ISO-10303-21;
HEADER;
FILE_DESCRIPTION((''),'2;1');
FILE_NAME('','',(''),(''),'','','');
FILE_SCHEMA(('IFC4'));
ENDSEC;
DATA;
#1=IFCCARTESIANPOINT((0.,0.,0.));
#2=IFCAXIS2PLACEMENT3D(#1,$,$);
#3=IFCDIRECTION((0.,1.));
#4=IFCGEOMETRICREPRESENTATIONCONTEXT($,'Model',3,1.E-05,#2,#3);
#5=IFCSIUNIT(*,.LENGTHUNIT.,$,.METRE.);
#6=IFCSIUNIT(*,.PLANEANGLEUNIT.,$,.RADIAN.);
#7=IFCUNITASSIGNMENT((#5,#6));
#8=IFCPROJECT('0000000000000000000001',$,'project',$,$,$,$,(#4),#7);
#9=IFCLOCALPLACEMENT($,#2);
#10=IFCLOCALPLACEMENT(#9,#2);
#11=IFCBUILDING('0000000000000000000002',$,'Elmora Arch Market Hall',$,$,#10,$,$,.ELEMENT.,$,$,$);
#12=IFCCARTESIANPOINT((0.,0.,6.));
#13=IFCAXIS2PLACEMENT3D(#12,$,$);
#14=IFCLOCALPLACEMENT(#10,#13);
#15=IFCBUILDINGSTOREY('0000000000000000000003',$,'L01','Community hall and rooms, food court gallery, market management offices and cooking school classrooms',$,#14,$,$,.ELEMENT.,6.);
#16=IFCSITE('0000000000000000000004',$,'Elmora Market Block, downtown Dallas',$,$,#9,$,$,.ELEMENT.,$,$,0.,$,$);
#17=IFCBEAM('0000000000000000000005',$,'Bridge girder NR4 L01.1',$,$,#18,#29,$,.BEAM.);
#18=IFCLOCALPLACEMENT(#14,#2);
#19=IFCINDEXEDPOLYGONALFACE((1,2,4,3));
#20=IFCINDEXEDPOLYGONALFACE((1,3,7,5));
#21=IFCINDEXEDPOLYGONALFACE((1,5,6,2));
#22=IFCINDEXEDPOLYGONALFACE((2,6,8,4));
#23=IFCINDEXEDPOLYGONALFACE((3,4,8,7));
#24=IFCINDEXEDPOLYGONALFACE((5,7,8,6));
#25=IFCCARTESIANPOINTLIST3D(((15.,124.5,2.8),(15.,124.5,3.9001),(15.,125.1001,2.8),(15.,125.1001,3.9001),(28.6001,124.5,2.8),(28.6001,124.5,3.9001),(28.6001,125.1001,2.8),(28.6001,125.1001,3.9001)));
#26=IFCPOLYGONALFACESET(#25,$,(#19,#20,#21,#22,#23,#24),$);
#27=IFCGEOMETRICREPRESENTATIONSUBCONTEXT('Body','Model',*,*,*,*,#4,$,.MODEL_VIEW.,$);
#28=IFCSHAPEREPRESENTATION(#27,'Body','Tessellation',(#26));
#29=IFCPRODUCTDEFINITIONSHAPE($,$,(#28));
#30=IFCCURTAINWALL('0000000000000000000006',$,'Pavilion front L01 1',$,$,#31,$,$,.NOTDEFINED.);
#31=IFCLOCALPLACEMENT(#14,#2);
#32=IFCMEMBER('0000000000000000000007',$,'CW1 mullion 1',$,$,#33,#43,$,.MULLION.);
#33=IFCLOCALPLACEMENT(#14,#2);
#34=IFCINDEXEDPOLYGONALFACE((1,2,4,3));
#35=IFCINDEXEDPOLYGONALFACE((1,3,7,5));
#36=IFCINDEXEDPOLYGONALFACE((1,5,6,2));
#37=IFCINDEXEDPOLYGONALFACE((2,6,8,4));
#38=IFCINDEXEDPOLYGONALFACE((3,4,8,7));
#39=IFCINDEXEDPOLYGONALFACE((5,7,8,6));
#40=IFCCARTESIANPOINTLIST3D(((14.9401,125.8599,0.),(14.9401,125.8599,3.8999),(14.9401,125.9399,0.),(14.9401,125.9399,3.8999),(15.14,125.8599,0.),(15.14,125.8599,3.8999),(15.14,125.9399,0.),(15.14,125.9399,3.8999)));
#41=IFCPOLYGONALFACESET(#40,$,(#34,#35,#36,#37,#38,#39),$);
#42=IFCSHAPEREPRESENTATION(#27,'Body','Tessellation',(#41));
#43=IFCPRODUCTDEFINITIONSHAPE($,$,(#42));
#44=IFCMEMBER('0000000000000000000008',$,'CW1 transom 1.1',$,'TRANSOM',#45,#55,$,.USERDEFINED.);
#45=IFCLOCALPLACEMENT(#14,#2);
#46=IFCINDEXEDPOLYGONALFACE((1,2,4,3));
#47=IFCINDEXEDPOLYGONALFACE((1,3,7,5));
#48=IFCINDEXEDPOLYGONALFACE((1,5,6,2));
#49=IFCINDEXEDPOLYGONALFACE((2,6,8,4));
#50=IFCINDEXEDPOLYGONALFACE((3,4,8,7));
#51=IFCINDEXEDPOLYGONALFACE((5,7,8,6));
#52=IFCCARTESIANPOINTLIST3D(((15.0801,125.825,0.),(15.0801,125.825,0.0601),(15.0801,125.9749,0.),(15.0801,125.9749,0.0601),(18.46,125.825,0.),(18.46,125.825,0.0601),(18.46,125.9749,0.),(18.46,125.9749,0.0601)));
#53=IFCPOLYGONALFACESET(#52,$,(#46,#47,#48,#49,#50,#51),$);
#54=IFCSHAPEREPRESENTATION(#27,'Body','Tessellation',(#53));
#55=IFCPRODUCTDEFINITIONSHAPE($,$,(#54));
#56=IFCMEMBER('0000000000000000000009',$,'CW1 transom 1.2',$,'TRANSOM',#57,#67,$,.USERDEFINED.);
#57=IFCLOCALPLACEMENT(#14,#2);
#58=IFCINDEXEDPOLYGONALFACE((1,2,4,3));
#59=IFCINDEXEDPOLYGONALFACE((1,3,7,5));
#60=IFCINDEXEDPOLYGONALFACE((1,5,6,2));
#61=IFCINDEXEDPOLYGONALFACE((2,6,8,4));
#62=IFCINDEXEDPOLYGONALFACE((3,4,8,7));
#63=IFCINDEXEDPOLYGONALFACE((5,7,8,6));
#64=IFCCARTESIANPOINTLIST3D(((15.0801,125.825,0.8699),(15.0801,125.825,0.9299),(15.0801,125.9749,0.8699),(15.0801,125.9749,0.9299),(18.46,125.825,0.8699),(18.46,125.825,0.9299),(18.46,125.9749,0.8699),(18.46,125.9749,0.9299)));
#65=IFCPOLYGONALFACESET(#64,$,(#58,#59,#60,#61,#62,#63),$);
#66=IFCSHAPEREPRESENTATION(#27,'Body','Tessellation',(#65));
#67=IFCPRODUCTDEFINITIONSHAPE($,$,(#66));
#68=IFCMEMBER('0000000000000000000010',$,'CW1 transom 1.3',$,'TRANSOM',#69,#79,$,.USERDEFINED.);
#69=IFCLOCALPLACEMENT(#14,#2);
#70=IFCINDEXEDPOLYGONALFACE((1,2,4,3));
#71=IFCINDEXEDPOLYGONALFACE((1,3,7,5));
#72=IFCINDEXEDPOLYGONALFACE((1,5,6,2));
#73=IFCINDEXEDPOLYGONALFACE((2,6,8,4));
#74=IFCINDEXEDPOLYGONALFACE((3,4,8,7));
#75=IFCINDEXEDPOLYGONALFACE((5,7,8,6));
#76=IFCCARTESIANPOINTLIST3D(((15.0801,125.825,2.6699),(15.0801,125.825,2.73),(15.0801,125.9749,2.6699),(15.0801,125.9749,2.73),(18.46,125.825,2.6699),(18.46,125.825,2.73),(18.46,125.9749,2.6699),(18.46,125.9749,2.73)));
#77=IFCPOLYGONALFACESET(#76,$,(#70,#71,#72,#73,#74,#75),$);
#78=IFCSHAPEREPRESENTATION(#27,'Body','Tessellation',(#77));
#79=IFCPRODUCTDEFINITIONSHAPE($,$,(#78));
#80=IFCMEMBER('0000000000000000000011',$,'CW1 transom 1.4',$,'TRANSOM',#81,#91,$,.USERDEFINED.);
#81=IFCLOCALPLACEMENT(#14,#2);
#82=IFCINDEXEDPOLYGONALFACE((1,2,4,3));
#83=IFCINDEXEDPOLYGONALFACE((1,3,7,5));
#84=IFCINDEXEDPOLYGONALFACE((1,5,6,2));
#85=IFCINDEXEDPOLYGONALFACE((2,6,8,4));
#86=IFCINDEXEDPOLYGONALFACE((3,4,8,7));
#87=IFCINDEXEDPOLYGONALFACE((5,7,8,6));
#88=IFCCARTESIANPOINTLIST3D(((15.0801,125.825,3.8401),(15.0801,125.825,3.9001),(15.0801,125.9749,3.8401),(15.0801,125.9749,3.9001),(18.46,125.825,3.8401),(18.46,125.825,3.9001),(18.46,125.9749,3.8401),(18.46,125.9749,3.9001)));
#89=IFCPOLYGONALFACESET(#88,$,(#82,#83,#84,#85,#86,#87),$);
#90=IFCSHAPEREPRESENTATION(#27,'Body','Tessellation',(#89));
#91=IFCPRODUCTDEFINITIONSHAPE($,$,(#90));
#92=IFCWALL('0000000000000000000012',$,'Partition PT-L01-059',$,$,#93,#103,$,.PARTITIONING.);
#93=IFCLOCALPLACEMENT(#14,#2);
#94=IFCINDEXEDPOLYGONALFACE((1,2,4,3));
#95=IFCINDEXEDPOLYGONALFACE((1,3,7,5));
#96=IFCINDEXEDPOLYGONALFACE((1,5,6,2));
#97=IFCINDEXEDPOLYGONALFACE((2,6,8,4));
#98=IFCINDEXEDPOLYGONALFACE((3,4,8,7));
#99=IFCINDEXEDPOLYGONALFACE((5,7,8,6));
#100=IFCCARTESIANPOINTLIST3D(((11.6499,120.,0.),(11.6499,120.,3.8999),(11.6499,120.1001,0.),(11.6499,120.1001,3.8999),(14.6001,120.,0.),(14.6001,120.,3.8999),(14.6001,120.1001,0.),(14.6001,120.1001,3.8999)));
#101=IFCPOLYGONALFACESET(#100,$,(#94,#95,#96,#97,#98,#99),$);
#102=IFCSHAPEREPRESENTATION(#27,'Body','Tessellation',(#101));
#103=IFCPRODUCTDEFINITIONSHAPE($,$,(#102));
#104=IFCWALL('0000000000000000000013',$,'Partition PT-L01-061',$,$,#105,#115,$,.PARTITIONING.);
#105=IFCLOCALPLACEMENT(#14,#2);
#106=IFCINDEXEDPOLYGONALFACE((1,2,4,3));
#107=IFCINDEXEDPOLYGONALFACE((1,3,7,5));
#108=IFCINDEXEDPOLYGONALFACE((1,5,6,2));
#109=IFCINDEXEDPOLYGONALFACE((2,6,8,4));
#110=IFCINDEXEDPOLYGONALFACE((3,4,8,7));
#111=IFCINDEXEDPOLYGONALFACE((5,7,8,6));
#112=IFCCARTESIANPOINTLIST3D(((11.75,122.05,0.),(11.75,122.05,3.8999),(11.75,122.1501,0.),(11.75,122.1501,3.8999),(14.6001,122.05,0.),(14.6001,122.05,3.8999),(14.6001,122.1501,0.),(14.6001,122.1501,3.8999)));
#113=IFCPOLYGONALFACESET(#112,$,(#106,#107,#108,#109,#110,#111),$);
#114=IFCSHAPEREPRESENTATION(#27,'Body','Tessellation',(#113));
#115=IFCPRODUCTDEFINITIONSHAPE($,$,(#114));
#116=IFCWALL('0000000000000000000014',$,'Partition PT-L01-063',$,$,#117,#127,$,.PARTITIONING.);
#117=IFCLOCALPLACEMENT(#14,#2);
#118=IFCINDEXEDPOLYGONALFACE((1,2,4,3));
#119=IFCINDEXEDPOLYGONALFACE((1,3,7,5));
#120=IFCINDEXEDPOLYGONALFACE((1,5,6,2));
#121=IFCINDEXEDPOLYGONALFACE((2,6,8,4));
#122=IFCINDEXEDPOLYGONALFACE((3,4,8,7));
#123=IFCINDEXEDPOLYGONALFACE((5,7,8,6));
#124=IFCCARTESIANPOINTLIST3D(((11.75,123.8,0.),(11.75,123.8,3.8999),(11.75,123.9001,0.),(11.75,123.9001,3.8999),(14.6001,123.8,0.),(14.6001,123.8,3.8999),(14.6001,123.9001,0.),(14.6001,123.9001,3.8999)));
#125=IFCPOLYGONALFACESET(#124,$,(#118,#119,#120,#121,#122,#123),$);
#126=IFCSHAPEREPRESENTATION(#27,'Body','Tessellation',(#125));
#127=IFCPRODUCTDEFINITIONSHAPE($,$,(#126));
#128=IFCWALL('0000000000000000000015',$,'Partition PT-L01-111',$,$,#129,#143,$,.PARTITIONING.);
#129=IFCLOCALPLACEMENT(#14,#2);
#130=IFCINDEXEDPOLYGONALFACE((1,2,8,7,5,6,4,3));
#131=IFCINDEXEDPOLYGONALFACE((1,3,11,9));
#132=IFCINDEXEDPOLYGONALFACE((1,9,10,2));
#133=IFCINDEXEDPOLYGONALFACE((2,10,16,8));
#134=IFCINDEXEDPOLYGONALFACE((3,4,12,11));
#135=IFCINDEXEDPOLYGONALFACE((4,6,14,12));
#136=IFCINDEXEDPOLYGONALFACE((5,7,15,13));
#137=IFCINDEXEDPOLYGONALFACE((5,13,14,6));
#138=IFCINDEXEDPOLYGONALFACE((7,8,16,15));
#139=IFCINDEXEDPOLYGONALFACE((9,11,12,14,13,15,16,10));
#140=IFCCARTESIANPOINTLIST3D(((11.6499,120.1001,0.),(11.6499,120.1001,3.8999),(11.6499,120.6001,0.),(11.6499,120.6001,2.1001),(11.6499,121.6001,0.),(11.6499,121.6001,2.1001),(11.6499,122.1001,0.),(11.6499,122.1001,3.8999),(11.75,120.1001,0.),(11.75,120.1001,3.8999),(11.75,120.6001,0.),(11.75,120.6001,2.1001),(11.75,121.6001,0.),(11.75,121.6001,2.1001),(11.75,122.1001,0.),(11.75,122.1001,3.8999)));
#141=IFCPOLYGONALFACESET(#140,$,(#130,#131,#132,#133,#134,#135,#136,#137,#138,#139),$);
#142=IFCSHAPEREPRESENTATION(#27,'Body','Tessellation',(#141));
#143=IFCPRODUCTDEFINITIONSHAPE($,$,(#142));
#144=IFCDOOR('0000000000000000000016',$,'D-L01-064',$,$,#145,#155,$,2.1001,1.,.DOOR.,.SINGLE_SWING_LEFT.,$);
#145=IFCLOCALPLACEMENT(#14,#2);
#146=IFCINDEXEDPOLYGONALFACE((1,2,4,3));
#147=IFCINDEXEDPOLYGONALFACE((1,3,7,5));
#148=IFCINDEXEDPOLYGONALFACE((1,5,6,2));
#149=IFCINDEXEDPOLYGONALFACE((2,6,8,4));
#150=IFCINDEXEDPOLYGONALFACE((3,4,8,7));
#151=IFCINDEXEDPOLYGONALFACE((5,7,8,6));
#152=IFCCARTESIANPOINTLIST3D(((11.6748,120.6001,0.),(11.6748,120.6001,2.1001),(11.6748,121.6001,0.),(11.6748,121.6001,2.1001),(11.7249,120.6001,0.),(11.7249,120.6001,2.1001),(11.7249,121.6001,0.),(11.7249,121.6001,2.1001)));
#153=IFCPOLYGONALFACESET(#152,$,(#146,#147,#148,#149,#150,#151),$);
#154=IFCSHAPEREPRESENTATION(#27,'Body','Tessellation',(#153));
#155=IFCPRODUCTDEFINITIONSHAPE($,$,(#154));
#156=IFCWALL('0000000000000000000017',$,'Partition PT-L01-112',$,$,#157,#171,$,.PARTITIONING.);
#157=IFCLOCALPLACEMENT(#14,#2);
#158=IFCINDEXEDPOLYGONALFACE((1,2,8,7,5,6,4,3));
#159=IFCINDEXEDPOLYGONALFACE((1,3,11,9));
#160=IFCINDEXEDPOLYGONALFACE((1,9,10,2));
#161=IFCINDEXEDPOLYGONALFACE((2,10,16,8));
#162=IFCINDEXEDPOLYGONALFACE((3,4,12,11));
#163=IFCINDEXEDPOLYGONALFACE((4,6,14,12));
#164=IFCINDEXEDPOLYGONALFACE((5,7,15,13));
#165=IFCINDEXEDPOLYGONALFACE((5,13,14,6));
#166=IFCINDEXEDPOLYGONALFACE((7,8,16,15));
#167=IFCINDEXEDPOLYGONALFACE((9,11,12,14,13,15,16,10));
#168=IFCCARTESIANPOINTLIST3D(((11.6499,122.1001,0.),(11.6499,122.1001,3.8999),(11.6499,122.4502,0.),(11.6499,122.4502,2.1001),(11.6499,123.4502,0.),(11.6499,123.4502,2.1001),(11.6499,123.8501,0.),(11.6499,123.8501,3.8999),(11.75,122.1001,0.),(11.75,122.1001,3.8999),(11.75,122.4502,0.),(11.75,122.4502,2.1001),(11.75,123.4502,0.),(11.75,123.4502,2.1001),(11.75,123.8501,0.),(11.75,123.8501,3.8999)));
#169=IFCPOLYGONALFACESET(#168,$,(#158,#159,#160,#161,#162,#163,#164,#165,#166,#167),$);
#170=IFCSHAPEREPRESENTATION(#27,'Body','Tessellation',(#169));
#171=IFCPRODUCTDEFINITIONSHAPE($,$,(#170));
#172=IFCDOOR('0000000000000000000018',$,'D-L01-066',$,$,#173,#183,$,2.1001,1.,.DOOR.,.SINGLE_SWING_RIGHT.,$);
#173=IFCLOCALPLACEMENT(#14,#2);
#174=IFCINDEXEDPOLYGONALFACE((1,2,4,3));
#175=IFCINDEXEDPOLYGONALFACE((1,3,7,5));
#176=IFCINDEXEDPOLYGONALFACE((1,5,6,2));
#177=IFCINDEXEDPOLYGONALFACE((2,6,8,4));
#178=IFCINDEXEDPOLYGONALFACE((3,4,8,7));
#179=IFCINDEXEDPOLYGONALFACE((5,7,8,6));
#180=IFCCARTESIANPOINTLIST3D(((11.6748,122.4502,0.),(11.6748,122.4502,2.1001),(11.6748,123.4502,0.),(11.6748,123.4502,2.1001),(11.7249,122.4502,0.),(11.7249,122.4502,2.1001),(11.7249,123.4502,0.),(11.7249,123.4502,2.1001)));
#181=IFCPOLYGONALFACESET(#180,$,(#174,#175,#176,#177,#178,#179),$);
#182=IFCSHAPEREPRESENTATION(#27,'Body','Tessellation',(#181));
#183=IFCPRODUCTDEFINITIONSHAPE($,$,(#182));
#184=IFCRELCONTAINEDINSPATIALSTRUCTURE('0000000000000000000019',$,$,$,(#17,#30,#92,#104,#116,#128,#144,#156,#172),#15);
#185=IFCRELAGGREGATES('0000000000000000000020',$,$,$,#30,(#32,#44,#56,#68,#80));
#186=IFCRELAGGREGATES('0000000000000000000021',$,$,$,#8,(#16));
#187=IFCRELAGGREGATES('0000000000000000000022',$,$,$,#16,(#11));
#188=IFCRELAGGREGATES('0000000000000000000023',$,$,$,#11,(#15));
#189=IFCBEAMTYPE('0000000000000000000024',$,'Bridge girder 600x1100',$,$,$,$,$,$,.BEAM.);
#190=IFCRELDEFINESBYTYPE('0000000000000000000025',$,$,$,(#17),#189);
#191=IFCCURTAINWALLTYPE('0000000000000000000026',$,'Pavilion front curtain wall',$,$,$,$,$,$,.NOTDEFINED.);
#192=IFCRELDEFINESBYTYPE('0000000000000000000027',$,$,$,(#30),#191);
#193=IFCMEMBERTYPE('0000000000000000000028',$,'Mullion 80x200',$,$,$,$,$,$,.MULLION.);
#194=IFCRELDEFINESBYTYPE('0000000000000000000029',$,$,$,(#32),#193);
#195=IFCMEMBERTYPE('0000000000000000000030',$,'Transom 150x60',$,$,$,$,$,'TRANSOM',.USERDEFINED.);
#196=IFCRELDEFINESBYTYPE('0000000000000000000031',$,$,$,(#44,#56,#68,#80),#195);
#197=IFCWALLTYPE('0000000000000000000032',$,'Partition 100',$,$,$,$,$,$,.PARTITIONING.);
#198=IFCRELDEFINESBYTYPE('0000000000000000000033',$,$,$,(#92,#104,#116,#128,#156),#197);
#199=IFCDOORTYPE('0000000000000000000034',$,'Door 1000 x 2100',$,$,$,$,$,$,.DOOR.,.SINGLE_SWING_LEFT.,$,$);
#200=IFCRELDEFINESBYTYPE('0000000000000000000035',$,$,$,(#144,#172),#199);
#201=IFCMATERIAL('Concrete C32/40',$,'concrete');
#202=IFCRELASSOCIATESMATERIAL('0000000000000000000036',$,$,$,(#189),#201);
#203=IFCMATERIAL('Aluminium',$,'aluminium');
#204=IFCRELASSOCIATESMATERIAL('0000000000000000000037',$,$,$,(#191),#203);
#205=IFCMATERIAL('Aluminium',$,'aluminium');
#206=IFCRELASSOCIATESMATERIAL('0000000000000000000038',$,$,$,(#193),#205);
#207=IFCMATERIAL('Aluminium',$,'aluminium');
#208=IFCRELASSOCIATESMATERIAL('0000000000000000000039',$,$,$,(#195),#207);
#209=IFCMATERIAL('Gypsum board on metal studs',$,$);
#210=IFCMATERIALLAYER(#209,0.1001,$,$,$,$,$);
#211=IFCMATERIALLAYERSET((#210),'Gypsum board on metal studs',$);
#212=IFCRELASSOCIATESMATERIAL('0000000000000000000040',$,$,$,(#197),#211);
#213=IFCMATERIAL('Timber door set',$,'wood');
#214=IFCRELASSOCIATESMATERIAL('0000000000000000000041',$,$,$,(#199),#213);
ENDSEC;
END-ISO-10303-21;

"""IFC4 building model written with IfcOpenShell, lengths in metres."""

from ifc_helpers import new_model, si_unit, direction, frame, frame_2d, origin, origin_2d, place, context, subcontext, project, spatial, rectangle, extrude, material, layer, layer_set, material_profile, profile_set, type_object, element, fill, aggregate, save


model = new_model("IFC4")

# Units and contexts
model_context = context("Model", 3, precision=1e-05, world=origin(), true_north=direction((0.0, 1.0)))
body_context = subcontext(model_context, "Body", "Model", "MODEL_VIEW")
ifc_project = project(units=[si_unit("LENGTHUNIT", "METRE"), si_unit("PLANEANGLEUNIT", "RADIAN")], contexts=[model_context])

# Site, building, storey
site_placement = place(None, origin())
site = spatial("IfcSite", under=ifc_project, at=site_placement, Name="Elmora Market Block, downtown Dallas", CompositionType="ELEMENT", RefElevation=0.0)
building_placement = place(site_placement, origin())
building = spatial("IfcBuilding", under=site, at=building_placement, Name="Elmora Arch Market Hall", CompositionType="ELEMENT")
storey_placement = place(building_placement, frame((0.0, 0.0, 6.0)))
storey = spatial("IfcBuildingStorey", under=building, at=storey_placement, Name="L01", Description="Community hall and rooms, food court gallery, market management offices and cooking school classrooms", CompositionType="ELEMENT", Elevation=6.0)

# Beam
ifc_material_1 = material(Name="Concrete C32/40", Category="concrete")
ifc_material_profile_1 = material_profile(ifc_material_1, rectangle(XDim=0.6001, YDim=1.1001, at=origin_2d()), Name="Bridge girder 600x1100")
ifc_profile_set_1 = profile_set([ifc_material_profile_1], Name="Concrete C32/40")
beam_type = type_object("IfcBeamType", Name="Bridge girder 600x1100", PredefinedType="BEAM", material=ifc_profile_set_1)
beam_placement = place(storey_placement, frame((15.0, 124.8, 3.3501), z_axis=(1.0, 0.0, 0.0), x_axis=(0.0, 1.0, 0.0)))
element("IfcBeam", 1, at=beam_placement, inside=storey, type_object=beam_type, Name="Bridge girder NR4 L01.1", PredefinedType="BEAM", context=body_context, shape_type="SweptSolid", body=[
    extrude(rectangle(XDim=0.6001, YDim=1.1001, at=origin_2d()), origin(), (0.0, 0.0, 1.0), 13.6001),
])

# Curtain wall, members
ifc_material_2 = material(Name="Aluminium", Category="aluminium")
curtain_wall_type = type_object("IfcCurtainWallType", Name="Pavilion front curtain wall", PredefinedType="NOTDEFINED", material=ifc_material_2)
curtain_wall_placement = place(storey_placement, origin())
curtain_wall = element("IfcCurtainWall", 2, at=curtain_wall_placement, inside=storey, type_object=curtain_wall_type, Name="Pavilion front L01 1", PredefinedType="NOTDEFINED")
ifc_material_3 = material(Name="Aluminium", Category="aluminium")
ifc_material_profile_2 = material_profile(ifc_material_3, rectangle(XDim=0.0801, YDim=0.2, at=origin_2d()), Name="AL 80x200")
ifc_profile_set_2 = profile_set([ifc_material_profile_2], Name="Aluminium")
member_type_1 = type_object("IfcMemberType", Name="Mullion 80x200", PredefinedType="MULLION", material=ifc_profile_set_2)
member_1_placement = place(storey_placement, frame((15.04, 125.8999, 0.0), z_axis=(0.0, 0.0, 1.0), x_axis=(0.0, 1.0, 0.0)))
member_1 = element("IfcMember", 3, at=member_1_placement, type_object=member_type_1, Name="CW1 mullion 1", PredefinedType="MULLION", context=body_context, shape_type="SweptSolid", body=[
    extrude(rectangle(XDim=0.0801, YDim=0.2, at=origin_2d()), origin(), (0.0, 0.0, 1.0), 3.8999),
])
ifc_material_4 = material(Name="Aluminium", Category="aluminium")
ifc_material_profile_3 = material_profile(ifc_material_4, rectangle(XDim=0.1499, YDim=0.0601, at=origin_2d()), Name="AL 150x60")
ifc_profile_set_3 = profile_set([ifc_material_profile_3], Name="Aluminium")
member_type_2 = type_object("IfcMemberType", Name="Transom 150x60", ElementType="TRANSOM", PredefinedType="USERDEFINED", material=ifc_profile_set_3)
member_2_placement = place(storey_placement, frame((15.0801, 125.8999, 0.03), z_axis=(1.0, 0.0, 0.0), x_axis=(0.0, 1.0, 0.0)))
member_2 = element("IfcMember", 4, at=member_2_placement, type_object=member_type_2, Name="CW1 transom 1.1", ObjectType="TRANSOM", PredefinedType="USERDEFINED", context=body_context, shape_type="SweptSolid", body=[
    extrude(rectangle(XDim=0.1499, YDim=0.0601, at=origin_2d()), origin(), (0.0, 0.0, 1.0), 3.3799),
])
member_3_placement = place(storey_placement, frame((15.0801, 125.8999, 0.8999), z_axis=(1.0, 0.0, 0.0), x_axis=(0.0, 1.0, 0.0)))
member_3 = element("IfcMember", 5, at=member_3_placement, type_object=member_type_2, Name="CW1 transom 1.2", ObjectType="TRANSOM", PredefinedType="USERDEFINED", context=body_context, shape_type="SweptSolid", body=[
    extrude(rectangle(XDim=0.1499, YDim=0.0601, at=origin_2d()), origin(), (0.0, 0.0, 1.0), 3.3799),
])
member_4_placement = place(storey_placement, frame((15.0801, 125.8999, 2.7), z_axis=(1.0, 0.0, 0.0), x_axis=(0.0, 1.0, 0.0)))
member_4 = element("IfcMember", 6, at=member_4_placement, type_object=member_type_2, Name="CW1 transom 1.3", ObjectType="TRANSOM", PredefinedType="USERDEFINED", context=body_context, shape_type="SweptSolid", body=[
    extrude(rectangle(XDim=0.1499, YDim=0.0601, at=origin_2d()), origin(), (0.0, 0.0, 1.0), 3.3799),
])
member_5_placement = place(storey_placement, frame((15.0801, 125.8999, 3.8701), z_axis=(1.0, 0.0, 0.0), x_axis=(0.0, 1.0, 0.0)))
member_5 = element("IfcMember", 7, at=member_5_placement, type_object=member_type_2, Name="CW1 transom 1.4", ObjectType="TRANSOM", PredefinedType="USERDEFINED", context=body_context, shape_type="SweptSolid", body=[
    extrude(rectangle(XDim=0.1499, YDim=0.0601, at=origin_2d()), origin(), (0.0, 0.0, 1.0), 3.3799),
])
aggregate(curtain_wall, [member_1, member_2, member_3, member_4, member_5])

# Walls
ifc_material_5 = material(Name="Gypsum board on metal studs")
ifc_layer_1 = layer(ifc_material_5, 0.1001)
ifc_layer_set_1 = layer_set([ifc_layer_1], Name="Gypsum board on metal studs")
wall_type_1 = type_object("IfcWallType", Name="Partition 100", PredefinedType="PARTITIONING", material=ifc_layer_set_1)
wall_1_placement = place(storey_placement, frame((11.6499, 120.05, 0.0), z_axis=(0.0, 0.0, 1.0), x_axis=(1.0, 0.0, 0.0)))
element("IfcWall", 8, at=wall_1_placement, inside=storey, type_object=wall_type_1, Name="Partition PT-L01-059", PredefinedType="PARTITIONING", context=body_context, shape_type="SweptSolid", body=[
    extrude(rectangle(XDim=2.9502, YDim=0.1001, at=frame_2d((1.4751, 0.0))), origin(), (0.0, 0.0, 1.0), 3.8999),
])
for number, where, z_axis, x_axis, name in (
    (9, (11.75, 122.1001, 0.0), (0.0, 0.0, 1.0), (1.0, 0.0, 0.0), "Partition PT-L01-061"),
    (10, (11.75, 123.8501, 0.0), (0.0, 0.0, 1.0), (1.0, 0.0, 0.0), "Partition PT-L01-063"),
):
    element("IfcWall", number, at=place(storey_placement, frame(where, z_axis=z_axis, x_axis=x_axis)), inside=storey, type_object=wall_type_1, Name=name, PredefinedType="PARTITIONING", context=body_context, shape_type="SweptSolid", body=[
        extrude(rectangle(XDim=2.8501, YDim=0.1001, at=frame_2d((1.425, 0.0))), origin(), (0.0, 0.0, 1.0), 3.8999),
    ])

# Walls, openings, doors
wall_2_placement = place(storey_placement, frame((11.7, 120.1001, 0.0), z_axis=(0.0, 0.0, 1.0), x_axis=(0.0, 1.0, 0.0)))
wall_2 = element("IfcWall", 11, at=wall_2_placement, inside=storey, type_object=wall_type_1, Name="Partition PT-L01-111", PredefinedType="PARTITIONING", context=body_context, shape_type="SweptSolid", body=[
    extrude(rectangle(XDim=2.0, YDim=0.1001, at=frame_2d((1.0, 0.0))), origin(), (0.0, 0.0, 1.0), 3.8999),
])
opening_1_placement = place(wall_2_placement, frame((0.5, 0.0, 0.0)))
opening_1 = element("IfcOpeningElement", 12, at=opening_1_placement, cuts=wall_2, PredefinedType="OPENING", context=body_context, shape_type="SweptSolid", body=[
    extrude(rectangle(XDim=1.0, YDim=2.1001, at=frame_2d((0.5, 1.05))), frame((0.0, 0.0601, 0.0), z_axis=(0.0, -1.0, 0.0), x_axis=(1.0, 0.0, 0.0)), (0.0, 0.0, 1.0), 0.1201),
])
ifc_material_6 = material(Name="Timber door set", Category="wood")
door_type_1 = type_object("IfcDoorType", Name="Door 1000 x 2100", OperationType="SINGLE_SWING_LEFT", PredefinedType="DOOR", material=ifc_material_6)
door_1_placement = place(opening_1_placement, frame((1.0, 0.0, 0.0), z_axis=(0.0, 0.0, 1.0), x_axis=(-1.0, 0.0, 0.0)))
door_1 = element("IfcDoor", 13, at=door_1_placement, inside=storey, type_object=door_type_1, Name="D-L01-064", OperationType="SINGLE_SWING_LEFT", OverallHeight=2.1001, OverallWidth=1.0, PredefinedType="DOOR", context=body_context, shape_type="SweptSolid", body=[
    extrude(rectangle(XDim=1.0, YDim=2.1001, at=frame_2d((0.5, 1.05))), frame((0.0, 0.0249, 0.0), z_axis=(0.0, -1.0, 0.0), x_axis=(1.0, 0.0, 0.0)), (0.0, 0.0, 1.0), 0.05),
])
fill(opening_1, door_1)
wall_3_placement = place(storey_placement, frame((11.7, 122.1001, 0.0), z_axis=(0.0, 0.0, 1.0), x_axis=(0.0, 1.0, 0.0)))
wall_3 = element("IfcWall", 14, at=wall_3_placement, inside=storey, type_object=wall_type_1, Name="Partition PT-L01-112", PredefinedType="PARTITIONING", context=body_context, shape_type="SweptSolid", body=[
    extrude(rectangle(XDim=1.75, YDim=0.1001, at=frame_2d((0.875, 0.0))), origin(), (0.0, 0.0, 1.0), 3.8999),
])
opening_2_placement = place(wall_3_placement, frame((0.3501, 0.0, 0.0)))
opening_2 = element("IfcOpeningElement", 15, at=opening_2_placement, cuts=wall_3, PredefinedType="OPENING", context=body_context, shape_type="SweptSolid", body=[
    extrude(rectangle(XDim=1.0, YDim=2.1001, at=frame_2d((0.5, 1.05))), frame((0.0, 0.0601, 0.0), z_axis=(0.0, -1.0, 0.0), x_axis=(1.0, 0.0, 0.0)), (0.0, 0.0, 1.0), 0.1201),
])
door_2_placement = place(opening_2_placement, frame((1.0, 0.0, 0.0), z_axis=(0.0, 0.0, 1.0), x_axis=(-1.0, 0.0, 0.0)))
door_2 = element("IfcDoor", 16, at=door_2_placement, inside=storey, type_object=door_type_1, Name="D-L01-066", OperationType="SINGLE_SWING_RIGHT", OverallHeight=2.1001, OverallWidth=1.0, PredefinedType="DOOR", context=body_context, shape_type="SweptSolid", body=[
    extrude(rectangle(XDim=1.0, YDim=2.1001, at=frame_2d((0.5, 1.05))), frame((0.0, 0.0249, 0.0), z_axis=(0.0, -1.0, 0.0), x_axis=(1.0, 0.0, 0.0)), (0.0, 0.0, 1.0), 0.05),
])
fill(opening_2, door_2)

save(model, "model.ifc")
